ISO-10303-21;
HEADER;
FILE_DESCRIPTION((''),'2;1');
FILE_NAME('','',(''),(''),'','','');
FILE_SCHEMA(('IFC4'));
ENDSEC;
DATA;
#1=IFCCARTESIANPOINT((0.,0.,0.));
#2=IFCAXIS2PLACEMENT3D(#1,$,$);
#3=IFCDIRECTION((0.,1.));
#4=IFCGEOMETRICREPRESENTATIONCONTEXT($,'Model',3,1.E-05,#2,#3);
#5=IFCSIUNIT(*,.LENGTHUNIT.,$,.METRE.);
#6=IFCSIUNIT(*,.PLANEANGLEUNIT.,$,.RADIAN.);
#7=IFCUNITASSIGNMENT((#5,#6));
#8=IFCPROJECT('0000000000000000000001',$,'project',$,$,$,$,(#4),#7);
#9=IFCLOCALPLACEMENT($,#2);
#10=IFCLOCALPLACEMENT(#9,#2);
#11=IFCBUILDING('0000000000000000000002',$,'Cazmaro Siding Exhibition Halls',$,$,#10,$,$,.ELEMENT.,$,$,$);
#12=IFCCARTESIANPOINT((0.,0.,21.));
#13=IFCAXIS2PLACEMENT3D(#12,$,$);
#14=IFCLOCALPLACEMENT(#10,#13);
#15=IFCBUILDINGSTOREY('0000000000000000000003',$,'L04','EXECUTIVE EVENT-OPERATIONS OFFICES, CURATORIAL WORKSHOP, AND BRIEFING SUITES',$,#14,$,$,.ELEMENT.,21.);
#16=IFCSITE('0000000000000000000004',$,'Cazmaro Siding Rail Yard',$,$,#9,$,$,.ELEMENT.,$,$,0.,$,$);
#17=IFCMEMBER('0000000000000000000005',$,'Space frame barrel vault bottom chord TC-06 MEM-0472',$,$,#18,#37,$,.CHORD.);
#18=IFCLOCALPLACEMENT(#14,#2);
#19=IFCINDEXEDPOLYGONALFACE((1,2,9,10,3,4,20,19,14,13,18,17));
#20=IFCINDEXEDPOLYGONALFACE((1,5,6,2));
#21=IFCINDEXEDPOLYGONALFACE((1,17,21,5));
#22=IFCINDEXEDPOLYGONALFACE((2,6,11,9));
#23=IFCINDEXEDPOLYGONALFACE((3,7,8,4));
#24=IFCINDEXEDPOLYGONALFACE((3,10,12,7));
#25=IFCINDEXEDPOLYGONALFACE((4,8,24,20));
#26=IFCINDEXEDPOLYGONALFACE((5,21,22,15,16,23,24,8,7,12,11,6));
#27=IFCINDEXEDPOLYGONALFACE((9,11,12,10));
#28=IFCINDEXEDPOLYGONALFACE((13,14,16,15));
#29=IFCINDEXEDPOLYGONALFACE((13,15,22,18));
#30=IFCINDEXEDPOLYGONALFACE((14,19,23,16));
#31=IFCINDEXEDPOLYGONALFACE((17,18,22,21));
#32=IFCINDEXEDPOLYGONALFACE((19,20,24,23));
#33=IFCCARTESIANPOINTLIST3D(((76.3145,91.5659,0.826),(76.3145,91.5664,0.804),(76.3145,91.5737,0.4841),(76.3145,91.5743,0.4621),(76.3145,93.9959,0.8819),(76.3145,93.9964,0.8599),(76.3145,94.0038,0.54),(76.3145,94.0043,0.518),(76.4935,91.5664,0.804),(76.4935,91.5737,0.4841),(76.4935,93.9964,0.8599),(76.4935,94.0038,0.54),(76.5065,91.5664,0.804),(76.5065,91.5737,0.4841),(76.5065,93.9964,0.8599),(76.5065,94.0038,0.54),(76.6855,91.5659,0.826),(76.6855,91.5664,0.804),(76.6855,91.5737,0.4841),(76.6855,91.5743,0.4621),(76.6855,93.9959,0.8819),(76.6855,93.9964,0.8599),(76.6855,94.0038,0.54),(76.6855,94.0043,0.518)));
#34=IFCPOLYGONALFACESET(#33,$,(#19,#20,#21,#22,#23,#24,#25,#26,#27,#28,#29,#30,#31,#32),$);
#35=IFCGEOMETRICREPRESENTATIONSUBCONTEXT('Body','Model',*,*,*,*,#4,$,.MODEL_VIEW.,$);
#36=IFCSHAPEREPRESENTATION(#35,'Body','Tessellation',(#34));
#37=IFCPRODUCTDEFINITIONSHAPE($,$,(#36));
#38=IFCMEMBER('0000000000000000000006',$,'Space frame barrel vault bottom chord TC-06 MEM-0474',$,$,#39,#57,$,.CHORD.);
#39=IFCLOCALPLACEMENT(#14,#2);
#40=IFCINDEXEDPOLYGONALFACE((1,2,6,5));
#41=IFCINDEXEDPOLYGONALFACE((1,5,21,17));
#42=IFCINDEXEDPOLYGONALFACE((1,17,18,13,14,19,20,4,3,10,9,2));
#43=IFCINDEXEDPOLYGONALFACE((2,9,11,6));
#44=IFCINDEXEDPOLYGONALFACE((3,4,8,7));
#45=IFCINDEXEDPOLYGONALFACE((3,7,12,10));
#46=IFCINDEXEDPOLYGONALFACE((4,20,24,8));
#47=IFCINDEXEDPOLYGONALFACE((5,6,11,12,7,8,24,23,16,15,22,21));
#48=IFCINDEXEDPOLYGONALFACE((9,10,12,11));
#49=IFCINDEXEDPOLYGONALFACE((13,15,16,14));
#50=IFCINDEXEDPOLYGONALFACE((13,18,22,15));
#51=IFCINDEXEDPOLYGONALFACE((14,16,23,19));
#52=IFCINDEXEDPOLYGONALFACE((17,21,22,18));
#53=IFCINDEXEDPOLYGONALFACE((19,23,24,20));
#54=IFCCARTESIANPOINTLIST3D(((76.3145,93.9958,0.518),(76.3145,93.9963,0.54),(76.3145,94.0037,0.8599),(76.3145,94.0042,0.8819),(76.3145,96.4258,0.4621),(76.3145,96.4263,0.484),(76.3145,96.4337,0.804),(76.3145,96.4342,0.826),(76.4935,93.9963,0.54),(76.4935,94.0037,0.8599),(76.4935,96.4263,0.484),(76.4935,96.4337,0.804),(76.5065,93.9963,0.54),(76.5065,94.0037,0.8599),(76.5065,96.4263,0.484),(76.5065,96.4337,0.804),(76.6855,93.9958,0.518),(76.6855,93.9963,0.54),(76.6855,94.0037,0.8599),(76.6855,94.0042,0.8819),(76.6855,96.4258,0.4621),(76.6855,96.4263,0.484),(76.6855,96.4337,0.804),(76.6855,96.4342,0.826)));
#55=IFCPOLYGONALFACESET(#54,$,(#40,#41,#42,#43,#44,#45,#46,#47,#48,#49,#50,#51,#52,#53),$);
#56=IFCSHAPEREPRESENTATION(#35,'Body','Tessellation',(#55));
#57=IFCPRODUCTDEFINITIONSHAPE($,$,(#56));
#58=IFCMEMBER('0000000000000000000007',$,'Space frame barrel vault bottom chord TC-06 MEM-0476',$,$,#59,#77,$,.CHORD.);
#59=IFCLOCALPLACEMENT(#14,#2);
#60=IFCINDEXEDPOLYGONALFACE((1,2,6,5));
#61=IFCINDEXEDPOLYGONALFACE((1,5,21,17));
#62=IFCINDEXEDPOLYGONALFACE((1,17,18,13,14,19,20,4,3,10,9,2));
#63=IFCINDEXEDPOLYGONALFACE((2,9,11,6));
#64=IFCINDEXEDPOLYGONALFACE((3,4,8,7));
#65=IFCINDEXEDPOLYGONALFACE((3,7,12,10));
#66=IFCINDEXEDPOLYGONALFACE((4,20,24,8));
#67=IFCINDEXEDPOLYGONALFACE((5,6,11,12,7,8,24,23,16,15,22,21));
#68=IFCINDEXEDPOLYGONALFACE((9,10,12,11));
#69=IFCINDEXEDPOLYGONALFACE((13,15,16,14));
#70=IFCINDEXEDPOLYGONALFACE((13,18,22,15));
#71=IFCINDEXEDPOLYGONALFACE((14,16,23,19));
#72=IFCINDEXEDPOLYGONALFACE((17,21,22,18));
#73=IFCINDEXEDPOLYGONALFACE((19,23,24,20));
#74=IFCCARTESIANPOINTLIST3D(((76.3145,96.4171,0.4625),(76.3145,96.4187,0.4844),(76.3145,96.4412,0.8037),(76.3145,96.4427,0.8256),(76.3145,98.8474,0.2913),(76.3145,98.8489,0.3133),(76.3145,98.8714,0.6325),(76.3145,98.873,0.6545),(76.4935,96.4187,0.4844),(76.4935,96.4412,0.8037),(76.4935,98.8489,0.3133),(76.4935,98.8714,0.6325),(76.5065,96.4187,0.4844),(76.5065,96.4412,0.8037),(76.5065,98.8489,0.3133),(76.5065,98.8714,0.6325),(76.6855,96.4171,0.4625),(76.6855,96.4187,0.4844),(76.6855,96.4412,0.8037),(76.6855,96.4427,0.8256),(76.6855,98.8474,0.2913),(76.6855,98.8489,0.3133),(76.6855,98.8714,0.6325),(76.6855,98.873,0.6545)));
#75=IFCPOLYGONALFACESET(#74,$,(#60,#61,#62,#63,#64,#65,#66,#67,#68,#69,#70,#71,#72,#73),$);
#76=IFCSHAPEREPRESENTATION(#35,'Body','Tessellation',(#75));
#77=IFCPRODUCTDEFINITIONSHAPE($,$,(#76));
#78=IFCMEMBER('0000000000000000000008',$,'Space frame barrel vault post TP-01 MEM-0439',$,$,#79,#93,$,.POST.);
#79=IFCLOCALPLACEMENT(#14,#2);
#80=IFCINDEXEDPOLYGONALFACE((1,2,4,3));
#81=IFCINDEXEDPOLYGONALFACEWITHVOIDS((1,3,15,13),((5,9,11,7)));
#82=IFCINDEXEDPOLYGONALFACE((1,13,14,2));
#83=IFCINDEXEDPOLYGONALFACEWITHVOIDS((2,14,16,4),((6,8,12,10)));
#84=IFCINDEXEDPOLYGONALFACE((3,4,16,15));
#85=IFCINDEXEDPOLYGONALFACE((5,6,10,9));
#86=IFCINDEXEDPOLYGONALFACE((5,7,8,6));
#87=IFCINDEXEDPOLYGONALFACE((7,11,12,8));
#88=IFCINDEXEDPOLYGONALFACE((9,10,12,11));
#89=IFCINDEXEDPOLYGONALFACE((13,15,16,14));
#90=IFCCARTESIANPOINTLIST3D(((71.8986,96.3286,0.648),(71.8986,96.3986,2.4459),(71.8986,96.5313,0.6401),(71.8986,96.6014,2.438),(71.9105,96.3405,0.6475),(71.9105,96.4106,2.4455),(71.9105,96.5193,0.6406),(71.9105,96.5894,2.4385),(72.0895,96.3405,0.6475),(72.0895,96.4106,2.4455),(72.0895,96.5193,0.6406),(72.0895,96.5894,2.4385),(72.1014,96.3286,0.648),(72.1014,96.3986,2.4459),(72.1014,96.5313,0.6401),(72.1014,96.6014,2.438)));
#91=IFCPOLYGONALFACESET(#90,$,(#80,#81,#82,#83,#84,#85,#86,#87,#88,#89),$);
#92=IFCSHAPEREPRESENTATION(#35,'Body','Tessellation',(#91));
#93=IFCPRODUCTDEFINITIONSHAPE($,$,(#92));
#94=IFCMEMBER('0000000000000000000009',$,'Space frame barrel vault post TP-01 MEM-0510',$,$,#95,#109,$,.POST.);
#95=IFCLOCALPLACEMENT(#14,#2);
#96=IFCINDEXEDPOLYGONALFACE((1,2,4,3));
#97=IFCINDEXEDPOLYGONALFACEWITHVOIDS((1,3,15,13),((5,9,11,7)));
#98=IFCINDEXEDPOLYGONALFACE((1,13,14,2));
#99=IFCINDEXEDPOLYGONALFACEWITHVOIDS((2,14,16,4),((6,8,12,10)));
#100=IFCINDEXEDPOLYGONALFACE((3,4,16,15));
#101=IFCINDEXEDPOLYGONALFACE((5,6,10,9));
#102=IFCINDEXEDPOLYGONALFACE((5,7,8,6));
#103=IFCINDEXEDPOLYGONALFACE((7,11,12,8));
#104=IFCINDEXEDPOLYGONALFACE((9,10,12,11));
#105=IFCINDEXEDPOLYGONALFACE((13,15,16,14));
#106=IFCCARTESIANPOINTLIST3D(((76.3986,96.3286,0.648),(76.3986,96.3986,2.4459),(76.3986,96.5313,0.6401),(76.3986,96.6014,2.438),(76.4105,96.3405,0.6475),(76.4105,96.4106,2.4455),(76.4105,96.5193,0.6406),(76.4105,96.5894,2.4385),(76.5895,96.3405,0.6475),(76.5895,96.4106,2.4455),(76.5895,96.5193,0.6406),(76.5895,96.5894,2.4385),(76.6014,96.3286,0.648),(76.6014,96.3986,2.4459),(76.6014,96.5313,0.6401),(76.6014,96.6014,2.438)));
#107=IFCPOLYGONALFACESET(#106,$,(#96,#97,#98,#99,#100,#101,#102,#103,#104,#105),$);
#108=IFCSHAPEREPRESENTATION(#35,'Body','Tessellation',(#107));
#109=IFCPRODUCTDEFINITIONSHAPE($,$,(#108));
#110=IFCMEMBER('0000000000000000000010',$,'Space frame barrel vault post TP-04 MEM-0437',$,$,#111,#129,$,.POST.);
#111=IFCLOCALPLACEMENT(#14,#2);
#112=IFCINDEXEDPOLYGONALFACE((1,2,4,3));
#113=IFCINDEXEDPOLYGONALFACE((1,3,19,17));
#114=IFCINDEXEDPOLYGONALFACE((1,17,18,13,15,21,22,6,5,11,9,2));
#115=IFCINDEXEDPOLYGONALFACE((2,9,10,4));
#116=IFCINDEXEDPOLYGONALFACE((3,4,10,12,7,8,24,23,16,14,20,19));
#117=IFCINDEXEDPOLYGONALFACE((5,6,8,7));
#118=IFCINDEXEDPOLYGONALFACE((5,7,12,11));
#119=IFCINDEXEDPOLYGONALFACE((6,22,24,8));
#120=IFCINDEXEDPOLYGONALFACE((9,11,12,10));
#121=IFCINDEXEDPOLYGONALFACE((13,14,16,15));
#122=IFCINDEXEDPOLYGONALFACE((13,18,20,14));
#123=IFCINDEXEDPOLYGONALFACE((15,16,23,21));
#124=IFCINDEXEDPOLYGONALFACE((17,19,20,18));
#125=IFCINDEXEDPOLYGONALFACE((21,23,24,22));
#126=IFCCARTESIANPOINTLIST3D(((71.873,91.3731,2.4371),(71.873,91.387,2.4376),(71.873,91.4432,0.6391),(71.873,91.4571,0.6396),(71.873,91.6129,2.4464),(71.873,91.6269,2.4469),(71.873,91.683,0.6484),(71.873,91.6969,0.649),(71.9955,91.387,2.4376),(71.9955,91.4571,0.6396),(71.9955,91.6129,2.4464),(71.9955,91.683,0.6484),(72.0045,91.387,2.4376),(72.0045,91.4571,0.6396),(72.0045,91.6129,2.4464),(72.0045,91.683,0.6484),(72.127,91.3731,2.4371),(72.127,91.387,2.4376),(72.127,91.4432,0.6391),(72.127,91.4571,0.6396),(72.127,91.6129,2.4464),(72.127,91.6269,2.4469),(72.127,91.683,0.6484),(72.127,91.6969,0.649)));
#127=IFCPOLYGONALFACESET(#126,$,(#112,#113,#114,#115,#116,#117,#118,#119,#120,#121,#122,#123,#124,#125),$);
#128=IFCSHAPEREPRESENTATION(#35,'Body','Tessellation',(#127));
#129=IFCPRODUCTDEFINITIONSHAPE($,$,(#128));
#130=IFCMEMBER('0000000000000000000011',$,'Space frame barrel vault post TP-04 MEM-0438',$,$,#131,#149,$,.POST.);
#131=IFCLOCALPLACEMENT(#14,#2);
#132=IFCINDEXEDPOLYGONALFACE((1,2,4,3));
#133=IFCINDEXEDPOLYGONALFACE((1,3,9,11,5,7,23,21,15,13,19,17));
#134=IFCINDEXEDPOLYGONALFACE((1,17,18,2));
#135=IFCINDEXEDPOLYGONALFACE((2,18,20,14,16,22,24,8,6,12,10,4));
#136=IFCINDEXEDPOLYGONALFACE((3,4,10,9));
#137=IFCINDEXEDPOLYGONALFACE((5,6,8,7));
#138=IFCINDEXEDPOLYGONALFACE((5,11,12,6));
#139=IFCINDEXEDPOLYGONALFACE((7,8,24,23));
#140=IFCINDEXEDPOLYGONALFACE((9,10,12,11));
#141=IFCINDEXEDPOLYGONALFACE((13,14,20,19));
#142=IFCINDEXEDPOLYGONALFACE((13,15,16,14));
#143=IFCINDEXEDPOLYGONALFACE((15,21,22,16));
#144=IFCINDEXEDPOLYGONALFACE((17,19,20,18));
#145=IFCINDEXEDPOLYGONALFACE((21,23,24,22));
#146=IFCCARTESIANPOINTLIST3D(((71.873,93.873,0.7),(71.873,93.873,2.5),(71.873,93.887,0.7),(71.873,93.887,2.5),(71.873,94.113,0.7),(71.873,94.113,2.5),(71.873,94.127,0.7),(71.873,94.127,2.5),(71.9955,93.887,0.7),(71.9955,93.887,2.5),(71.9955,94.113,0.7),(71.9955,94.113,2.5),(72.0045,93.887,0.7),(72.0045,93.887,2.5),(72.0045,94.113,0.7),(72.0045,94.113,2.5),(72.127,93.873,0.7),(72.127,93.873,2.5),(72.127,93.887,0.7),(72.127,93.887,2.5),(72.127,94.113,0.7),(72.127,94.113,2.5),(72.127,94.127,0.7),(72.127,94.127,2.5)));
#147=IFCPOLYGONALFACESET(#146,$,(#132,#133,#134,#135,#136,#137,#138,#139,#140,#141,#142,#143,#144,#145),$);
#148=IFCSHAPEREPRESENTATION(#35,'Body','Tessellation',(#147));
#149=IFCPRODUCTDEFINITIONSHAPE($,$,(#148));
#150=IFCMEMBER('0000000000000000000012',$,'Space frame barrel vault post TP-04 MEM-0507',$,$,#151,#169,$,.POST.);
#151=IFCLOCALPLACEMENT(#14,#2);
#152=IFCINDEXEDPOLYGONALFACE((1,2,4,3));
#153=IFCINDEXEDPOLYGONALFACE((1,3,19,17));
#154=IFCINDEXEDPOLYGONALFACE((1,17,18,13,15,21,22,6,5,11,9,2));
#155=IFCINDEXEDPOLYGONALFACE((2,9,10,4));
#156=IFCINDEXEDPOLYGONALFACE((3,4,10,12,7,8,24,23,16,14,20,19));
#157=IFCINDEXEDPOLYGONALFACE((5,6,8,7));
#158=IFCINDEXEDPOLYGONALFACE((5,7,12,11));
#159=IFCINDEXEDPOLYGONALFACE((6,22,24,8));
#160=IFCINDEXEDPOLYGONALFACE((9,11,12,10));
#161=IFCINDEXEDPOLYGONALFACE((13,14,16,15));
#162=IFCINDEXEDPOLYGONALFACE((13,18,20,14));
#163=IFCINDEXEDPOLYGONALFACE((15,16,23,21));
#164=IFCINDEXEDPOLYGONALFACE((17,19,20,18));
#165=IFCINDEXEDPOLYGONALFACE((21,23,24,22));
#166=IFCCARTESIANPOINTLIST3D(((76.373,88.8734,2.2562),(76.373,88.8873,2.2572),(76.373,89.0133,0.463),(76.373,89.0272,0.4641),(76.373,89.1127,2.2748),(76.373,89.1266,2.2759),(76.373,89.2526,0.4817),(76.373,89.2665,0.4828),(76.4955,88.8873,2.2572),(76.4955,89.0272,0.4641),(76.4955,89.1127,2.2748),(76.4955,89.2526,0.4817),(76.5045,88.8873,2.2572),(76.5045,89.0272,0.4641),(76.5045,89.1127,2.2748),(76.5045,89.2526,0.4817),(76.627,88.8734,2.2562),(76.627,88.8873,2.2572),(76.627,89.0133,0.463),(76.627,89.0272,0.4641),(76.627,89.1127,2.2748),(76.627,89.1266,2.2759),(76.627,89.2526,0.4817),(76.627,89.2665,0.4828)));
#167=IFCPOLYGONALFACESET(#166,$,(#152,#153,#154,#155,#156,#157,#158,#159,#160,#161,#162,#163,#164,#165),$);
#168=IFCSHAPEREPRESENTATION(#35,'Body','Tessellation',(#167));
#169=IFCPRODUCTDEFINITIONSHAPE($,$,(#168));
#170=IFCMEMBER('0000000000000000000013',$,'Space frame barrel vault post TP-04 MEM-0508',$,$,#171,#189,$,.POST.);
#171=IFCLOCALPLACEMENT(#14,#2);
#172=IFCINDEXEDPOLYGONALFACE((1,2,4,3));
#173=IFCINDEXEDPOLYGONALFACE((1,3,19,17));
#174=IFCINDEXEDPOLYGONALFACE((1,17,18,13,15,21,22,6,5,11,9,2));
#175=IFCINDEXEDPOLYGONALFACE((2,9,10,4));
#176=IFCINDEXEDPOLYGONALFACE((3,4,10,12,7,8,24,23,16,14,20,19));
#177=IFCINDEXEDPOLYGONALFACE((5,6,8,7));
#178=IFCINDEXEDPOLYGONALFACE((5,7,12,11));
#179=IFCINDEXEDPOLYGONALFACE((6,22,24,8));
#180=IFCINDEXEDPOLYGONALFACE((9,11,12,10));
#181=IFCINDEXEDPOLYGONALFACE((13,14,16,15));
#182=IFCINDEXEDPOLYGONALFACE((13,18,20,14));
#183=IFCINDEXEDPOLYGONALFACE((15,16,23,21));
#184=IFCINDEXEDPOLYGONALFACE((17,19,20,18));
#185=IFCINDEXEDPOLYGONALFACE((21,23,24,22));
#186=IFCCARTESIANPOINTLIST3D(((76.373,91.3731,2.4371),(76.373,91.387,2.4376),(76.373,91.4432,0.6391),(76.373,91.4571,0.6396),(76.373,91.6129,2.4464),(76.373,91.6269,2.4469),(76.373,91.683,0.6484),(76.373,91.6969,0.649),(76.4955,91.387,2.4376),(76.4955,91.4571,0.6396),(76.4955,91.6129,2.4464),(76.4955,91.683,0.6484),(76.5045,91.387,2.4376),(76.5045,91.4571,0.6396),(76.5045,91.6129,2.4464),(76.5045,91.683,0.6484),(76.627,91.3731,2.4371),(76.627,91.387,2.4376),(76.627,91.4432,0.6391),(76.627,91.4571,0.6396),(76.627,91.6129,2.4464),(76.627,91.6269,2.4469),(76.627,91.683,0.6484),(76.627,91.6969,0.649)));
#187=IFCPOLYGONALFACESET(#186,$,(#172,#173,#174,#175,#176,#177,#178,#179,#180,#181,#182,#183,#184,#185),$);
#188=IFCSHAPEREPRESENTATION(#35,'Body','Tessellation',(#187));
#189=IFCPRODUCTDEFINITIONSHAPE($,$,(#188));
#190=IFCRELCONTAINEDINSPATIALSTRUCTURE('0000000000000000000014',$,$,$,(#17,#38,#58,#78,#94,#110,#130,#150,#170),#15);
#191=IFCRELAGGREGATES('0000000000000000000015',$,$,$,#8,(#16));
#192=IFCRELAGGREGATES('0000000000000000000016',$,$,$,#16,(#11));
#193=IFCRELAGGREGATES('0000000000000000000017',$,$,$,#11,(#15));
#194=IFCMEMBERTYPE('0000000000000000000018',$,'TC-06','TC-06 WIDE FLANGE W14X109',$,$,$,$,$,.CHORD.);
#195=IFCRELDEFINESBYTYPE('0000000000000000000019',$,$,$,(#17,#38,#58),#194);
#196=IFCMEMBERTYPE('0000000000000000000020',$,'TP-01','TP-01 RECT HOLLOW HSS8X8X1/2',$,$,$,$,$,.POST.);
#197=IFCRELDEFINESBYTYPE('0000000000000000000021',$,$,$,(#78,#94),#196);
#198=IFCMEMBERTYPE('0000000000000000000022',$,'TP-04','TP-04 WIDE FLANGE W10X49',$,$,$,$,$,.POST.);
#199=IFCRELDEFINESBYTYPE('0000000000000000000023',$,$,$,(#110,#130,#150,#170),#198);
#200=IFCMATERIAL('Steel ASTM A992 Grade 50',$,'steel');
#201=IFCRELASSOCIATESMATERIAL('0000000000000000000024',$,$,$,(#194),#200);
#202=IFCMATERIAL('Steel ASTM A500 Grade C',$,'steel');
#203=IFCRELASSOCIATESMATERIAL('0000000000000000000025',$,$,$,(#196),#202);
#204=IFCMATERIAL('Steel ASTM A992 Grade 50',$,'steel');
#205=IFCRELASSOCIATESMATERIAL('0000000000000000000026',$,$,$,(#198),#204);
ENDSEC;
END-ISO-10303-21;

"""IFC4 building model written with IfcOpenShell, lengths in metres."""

from ifc_helpers import new_model, si_unit, direction, frame, origin, origin_2d, place, context, subcontext, project, spatial, hollow_rectangle, i_section, extrude, material, material_profile, profile_set, type_object, element, save


model = new_model("IFC4")

# Units and contexts
model_context = context("Model", 3, precision=1e-05, world=origin(), true_north=direction((0.0, 1.0)))
body_context = subcontext(model_context, "Body", "Model", "MODEL_VIEW")
ifc_project = project(units=[si_unit("LENGTHUNIT", "METRE"), si_unit("PLANEANGLEUNIT", "RADIAN")], contexts=[model_context])

# Site, building, storey
site_placement = place(None, origin())
site = spatial("IfcSite", under=ifc_project, at=site_placement, Name="Cazmaro Siding Rail Yard", CompositionType="ELEMENT", RefElevation=0.0)
building_placement = place(site_placement, origin())
building = spatial("IfcBuilding", under=site, at=building_placement, Name="Cazmaro Siding Exhibition Halls", CompositionType="ELEMENT")
storey_placement = place(building_placement, frame((0.0, 0.0, 21.0)))
storey = spatial("IfcBuildingStorey", under=building, at=storey_placement, Name="L04", Description="EXECUTIVE EVENT-OPERATIONS OFFICES, CURATORIAL WORKSHOP, AND BRIEFING SUITES", CompositionType="ELEMENT", Elevation=21.0)

# Members
ifc_material_1 = material(Name="Steel ASTM A992 Grade 50", Category="steel")
ifc_material_profile_1 = material_profile(ifc_material_1, i_section(OverallWidth=0.3711, OverallDepth=0.364, WebThickness=0.0129, FlangeThickness=0.022, at=origin_2d()), Name="W14X109")
ifc_profile_set_1 = profile_set([ifc_material_profile_1], Name="Steel ASTM A992 Grade 50")
member_type_1 = type_object("IfcMemberType", Name="TC-06", Description="TC-06 WIDE FLANGE W14X109", PredefinedType="CHORD", material=ifc_profile_set_1)
for number, where, z_axis, x_axis, name in (
    (1, (76.5, 91.5701, 0.644), (0.0, 0.999735, 0.023002), (-1.0, 0.0, 0.0), "Space frame barrel vault bottom chord TC-06 MEM-0472"),
    (2, (76.5, 94.0, 0.7), (0.0, 0.999735, -0.023002), (-1.0, 0.0, 0.0), "Space frame barrel vault bottom chord TC-06 MEM-0474"),
):
    element("IfcMember", number, at=place(storey_placement, frame(where, z_axis=z_axis, x_axis=x_axis)), inside=storey, type_object=member_type_1, Name=name, PredefinedType="CHORD", context=body_context, shape_type="SweptSolid", body=[
        extrude(i_section(OverallWidth=0.3711, OverallDepth=0.364, WebThickness=0.0129, FlangeThickness=0.022, at=origin_2d()), origin(), (0.0, 0.0, 1.0), 2.4307),
    ])
member_1_placement = place(storey_placement, frame((76.5, 96.4299, 0.644), z_axis=(0.0, 0.997529, -0.07025), x_axis=(-1.0, 0.0, 0.0)))
element("IfcMember", 3, at=member_1_placement, inside=storey, type_object=member_type_1, Name="Space frame barrel vault bottom chord TC-06 MEM-0476", PredefinedType="CHORD", context=body_context, shape_type="SweptSolid", body=[
    extrude(i_section(OverallWidth=0.3711, OverallDepth=0.364, WebThickness=0.0129, FlangeThickness=0.022, at=origin_2d()), origin(), (0.0, 0.0, 1.0), 2.4363),
])
ifc_material_2 = material(Name="Steel ASTM A500 Grade C", Category="steel")
ifc_material_profile_2 = material_profile(ifc_material_2, hollow_rectangle(XDim=0.2029, YDim=0.2029, WallThickness=0.012, at=origin_2d()), Name="HSS8X8X1/2")
ifc_profile_set_2 = profile_set([ifc_material_profile_2], Name="Steel ASTM A500 Grade C")
member_type_2 = type_object("IfcMemberType", Name="TP-01", Description="TP-01 RECT HOLLOW HSS8X8X1/2", PredefinedType="POST", material=ifc_profile_set_2)
for number, where, z_axis, x_axis, name in (
    (4, (72.0, 96.4299, 0.644), (0.0, 0.038944, 0.999241), (-1.0, 0.0, 0.0), "Space frame barrel vault post TP-01 MEM-0439"),
    (5, (76.5, 96.4299, 0.644), (0.0, 0.038944, 0.999241), (-1.0, 0.0, 0.0), "Space frame barrel vault post TP-01 MEM-0510"),
):
    element("IfcMember", number, at=place(storey_placement, frame(where, z_axis=z_axis, x_axis=x_axis)), inside=storey, type_object=member_type_2, Name=name, PredefinedType="POST", context=body_context, shape_type="SweptSolid", body=[
        extrude(hollow_rectangle(XDim=0.2029, YDim=0.2029, WallThickness=0.012, at=origin_2d()), origin(), (0.0, 0.0, 1.0), 1.7993),
    ])
ifc_material_3 = material(Name="Steel ASTM A992 Grade 50", Category="steel")
ifc_material_profile_3 = material_profile(ifc_material_3, i_section(OverallWidth=0.2539, OverallDepth=0.2539, WebThickness=0.009, FlangeThickness=0.0139, at=origin_2d()), Name="W10X49")
ifc_profile_set_3 = profile_set([ifc_material_profile_3], Name="Steel ASTM A992 Grade 50")
member_type_3 = type_object("IfcMemberType", Name="TP-04", Description="TP-04 WIDE FLANGE W10X49", PredefinedType="POST", material=ifc_profile_set_3)
member_2_placement = place(storey_placement, frame((72.0, 91.5701, 0.644), z_axis=(0.0, -0.038944, 0.999241), x_axis=(1.0, 0.0, 0.0)))
element("IfcMember", 6, at=member_2_placement, inside=storey, type_object=member_type_3, Name="Space frame barrel vault post TP-04 MEM-0437", PredefinedType="POST", context=body_context, shape_type="SweptSolid", body=[
    extrude(i_section(OverallWidth=0.2539, OverallDepth=0.2539, WebThickness=0.009, FlangeThickness=0.0139, at=origin_2d()), origin(), (0.0, 0.0, 1.0), 1.7993),
])
member_3_placement = place(storey_placement, frame((72.0, 94.0, 0.7), z_axis=(0.0, 0.0, 1.0), x_axis=(1.0, 0.0, 0.0)))
element("IfcMember", 7, at=member_3_placement, inside=storey, type_object=member_type_3, Name="Space frame barrel vault post TP-04 MEM-0438", PredefinedType="POST", context=body_context, shape_type="SweptSolid", body=[
    extrude(i_section(OverallWidth=0.2539, OverallDepth=0.2539, WebThickness=0.009, FlangeThickness=0.0139, at=origin_2d()), origin(), (0.0, 0.0, 1.0), 1.8),
])
member_4_placement = place(storey_placement, frame((76.5, 89.1399, 0.4729), z_axis=(0.0, -0.077776, 0.996971), x_axis=(1.0, 0.0, 0.0)))
element("IfcMember", 8, at=member_4_placement, inside=storey, type_object=member_type_3, Name="Space frame barrel vault post TP-04 MEM-0507", PredefinedType="POST", context=body_context, shape_type="SweptSolid", body=[
    extrude(i_section(OverallWidth=0.2539, OverallDepth=0.2539, WebThickness=0.009, FlangeThickness=0.0139, at=origin_2d()), origin(), (0.0, 0.0, 1.0), 1.7986),
])
member_5_placement = place(storey_placement, frame((76.5, 91.5701, 0.644), z_axis=(0.0, -0.038944, 0.999241), x_axis=(1.0, 0.0, 0.0)))
element("IfcMember", 9, at=member_5_placement, inside=storey, type_object=member_type_3, Name="Space frame barrel vault post TP-04 MEM-0508", PredefinedType="POST", context=body_context, shape_type="SweptSolid", body=[
    extrude(i_section(OverallWidth=0.2539, OverallDepth=0.2539, WebThickness=0.009, FlangeThickness=0.0139, at=origin_2d()), origin(), (0.0, 0.0, 1.0), 1.7993),
])

save(model, "model.ifc")
